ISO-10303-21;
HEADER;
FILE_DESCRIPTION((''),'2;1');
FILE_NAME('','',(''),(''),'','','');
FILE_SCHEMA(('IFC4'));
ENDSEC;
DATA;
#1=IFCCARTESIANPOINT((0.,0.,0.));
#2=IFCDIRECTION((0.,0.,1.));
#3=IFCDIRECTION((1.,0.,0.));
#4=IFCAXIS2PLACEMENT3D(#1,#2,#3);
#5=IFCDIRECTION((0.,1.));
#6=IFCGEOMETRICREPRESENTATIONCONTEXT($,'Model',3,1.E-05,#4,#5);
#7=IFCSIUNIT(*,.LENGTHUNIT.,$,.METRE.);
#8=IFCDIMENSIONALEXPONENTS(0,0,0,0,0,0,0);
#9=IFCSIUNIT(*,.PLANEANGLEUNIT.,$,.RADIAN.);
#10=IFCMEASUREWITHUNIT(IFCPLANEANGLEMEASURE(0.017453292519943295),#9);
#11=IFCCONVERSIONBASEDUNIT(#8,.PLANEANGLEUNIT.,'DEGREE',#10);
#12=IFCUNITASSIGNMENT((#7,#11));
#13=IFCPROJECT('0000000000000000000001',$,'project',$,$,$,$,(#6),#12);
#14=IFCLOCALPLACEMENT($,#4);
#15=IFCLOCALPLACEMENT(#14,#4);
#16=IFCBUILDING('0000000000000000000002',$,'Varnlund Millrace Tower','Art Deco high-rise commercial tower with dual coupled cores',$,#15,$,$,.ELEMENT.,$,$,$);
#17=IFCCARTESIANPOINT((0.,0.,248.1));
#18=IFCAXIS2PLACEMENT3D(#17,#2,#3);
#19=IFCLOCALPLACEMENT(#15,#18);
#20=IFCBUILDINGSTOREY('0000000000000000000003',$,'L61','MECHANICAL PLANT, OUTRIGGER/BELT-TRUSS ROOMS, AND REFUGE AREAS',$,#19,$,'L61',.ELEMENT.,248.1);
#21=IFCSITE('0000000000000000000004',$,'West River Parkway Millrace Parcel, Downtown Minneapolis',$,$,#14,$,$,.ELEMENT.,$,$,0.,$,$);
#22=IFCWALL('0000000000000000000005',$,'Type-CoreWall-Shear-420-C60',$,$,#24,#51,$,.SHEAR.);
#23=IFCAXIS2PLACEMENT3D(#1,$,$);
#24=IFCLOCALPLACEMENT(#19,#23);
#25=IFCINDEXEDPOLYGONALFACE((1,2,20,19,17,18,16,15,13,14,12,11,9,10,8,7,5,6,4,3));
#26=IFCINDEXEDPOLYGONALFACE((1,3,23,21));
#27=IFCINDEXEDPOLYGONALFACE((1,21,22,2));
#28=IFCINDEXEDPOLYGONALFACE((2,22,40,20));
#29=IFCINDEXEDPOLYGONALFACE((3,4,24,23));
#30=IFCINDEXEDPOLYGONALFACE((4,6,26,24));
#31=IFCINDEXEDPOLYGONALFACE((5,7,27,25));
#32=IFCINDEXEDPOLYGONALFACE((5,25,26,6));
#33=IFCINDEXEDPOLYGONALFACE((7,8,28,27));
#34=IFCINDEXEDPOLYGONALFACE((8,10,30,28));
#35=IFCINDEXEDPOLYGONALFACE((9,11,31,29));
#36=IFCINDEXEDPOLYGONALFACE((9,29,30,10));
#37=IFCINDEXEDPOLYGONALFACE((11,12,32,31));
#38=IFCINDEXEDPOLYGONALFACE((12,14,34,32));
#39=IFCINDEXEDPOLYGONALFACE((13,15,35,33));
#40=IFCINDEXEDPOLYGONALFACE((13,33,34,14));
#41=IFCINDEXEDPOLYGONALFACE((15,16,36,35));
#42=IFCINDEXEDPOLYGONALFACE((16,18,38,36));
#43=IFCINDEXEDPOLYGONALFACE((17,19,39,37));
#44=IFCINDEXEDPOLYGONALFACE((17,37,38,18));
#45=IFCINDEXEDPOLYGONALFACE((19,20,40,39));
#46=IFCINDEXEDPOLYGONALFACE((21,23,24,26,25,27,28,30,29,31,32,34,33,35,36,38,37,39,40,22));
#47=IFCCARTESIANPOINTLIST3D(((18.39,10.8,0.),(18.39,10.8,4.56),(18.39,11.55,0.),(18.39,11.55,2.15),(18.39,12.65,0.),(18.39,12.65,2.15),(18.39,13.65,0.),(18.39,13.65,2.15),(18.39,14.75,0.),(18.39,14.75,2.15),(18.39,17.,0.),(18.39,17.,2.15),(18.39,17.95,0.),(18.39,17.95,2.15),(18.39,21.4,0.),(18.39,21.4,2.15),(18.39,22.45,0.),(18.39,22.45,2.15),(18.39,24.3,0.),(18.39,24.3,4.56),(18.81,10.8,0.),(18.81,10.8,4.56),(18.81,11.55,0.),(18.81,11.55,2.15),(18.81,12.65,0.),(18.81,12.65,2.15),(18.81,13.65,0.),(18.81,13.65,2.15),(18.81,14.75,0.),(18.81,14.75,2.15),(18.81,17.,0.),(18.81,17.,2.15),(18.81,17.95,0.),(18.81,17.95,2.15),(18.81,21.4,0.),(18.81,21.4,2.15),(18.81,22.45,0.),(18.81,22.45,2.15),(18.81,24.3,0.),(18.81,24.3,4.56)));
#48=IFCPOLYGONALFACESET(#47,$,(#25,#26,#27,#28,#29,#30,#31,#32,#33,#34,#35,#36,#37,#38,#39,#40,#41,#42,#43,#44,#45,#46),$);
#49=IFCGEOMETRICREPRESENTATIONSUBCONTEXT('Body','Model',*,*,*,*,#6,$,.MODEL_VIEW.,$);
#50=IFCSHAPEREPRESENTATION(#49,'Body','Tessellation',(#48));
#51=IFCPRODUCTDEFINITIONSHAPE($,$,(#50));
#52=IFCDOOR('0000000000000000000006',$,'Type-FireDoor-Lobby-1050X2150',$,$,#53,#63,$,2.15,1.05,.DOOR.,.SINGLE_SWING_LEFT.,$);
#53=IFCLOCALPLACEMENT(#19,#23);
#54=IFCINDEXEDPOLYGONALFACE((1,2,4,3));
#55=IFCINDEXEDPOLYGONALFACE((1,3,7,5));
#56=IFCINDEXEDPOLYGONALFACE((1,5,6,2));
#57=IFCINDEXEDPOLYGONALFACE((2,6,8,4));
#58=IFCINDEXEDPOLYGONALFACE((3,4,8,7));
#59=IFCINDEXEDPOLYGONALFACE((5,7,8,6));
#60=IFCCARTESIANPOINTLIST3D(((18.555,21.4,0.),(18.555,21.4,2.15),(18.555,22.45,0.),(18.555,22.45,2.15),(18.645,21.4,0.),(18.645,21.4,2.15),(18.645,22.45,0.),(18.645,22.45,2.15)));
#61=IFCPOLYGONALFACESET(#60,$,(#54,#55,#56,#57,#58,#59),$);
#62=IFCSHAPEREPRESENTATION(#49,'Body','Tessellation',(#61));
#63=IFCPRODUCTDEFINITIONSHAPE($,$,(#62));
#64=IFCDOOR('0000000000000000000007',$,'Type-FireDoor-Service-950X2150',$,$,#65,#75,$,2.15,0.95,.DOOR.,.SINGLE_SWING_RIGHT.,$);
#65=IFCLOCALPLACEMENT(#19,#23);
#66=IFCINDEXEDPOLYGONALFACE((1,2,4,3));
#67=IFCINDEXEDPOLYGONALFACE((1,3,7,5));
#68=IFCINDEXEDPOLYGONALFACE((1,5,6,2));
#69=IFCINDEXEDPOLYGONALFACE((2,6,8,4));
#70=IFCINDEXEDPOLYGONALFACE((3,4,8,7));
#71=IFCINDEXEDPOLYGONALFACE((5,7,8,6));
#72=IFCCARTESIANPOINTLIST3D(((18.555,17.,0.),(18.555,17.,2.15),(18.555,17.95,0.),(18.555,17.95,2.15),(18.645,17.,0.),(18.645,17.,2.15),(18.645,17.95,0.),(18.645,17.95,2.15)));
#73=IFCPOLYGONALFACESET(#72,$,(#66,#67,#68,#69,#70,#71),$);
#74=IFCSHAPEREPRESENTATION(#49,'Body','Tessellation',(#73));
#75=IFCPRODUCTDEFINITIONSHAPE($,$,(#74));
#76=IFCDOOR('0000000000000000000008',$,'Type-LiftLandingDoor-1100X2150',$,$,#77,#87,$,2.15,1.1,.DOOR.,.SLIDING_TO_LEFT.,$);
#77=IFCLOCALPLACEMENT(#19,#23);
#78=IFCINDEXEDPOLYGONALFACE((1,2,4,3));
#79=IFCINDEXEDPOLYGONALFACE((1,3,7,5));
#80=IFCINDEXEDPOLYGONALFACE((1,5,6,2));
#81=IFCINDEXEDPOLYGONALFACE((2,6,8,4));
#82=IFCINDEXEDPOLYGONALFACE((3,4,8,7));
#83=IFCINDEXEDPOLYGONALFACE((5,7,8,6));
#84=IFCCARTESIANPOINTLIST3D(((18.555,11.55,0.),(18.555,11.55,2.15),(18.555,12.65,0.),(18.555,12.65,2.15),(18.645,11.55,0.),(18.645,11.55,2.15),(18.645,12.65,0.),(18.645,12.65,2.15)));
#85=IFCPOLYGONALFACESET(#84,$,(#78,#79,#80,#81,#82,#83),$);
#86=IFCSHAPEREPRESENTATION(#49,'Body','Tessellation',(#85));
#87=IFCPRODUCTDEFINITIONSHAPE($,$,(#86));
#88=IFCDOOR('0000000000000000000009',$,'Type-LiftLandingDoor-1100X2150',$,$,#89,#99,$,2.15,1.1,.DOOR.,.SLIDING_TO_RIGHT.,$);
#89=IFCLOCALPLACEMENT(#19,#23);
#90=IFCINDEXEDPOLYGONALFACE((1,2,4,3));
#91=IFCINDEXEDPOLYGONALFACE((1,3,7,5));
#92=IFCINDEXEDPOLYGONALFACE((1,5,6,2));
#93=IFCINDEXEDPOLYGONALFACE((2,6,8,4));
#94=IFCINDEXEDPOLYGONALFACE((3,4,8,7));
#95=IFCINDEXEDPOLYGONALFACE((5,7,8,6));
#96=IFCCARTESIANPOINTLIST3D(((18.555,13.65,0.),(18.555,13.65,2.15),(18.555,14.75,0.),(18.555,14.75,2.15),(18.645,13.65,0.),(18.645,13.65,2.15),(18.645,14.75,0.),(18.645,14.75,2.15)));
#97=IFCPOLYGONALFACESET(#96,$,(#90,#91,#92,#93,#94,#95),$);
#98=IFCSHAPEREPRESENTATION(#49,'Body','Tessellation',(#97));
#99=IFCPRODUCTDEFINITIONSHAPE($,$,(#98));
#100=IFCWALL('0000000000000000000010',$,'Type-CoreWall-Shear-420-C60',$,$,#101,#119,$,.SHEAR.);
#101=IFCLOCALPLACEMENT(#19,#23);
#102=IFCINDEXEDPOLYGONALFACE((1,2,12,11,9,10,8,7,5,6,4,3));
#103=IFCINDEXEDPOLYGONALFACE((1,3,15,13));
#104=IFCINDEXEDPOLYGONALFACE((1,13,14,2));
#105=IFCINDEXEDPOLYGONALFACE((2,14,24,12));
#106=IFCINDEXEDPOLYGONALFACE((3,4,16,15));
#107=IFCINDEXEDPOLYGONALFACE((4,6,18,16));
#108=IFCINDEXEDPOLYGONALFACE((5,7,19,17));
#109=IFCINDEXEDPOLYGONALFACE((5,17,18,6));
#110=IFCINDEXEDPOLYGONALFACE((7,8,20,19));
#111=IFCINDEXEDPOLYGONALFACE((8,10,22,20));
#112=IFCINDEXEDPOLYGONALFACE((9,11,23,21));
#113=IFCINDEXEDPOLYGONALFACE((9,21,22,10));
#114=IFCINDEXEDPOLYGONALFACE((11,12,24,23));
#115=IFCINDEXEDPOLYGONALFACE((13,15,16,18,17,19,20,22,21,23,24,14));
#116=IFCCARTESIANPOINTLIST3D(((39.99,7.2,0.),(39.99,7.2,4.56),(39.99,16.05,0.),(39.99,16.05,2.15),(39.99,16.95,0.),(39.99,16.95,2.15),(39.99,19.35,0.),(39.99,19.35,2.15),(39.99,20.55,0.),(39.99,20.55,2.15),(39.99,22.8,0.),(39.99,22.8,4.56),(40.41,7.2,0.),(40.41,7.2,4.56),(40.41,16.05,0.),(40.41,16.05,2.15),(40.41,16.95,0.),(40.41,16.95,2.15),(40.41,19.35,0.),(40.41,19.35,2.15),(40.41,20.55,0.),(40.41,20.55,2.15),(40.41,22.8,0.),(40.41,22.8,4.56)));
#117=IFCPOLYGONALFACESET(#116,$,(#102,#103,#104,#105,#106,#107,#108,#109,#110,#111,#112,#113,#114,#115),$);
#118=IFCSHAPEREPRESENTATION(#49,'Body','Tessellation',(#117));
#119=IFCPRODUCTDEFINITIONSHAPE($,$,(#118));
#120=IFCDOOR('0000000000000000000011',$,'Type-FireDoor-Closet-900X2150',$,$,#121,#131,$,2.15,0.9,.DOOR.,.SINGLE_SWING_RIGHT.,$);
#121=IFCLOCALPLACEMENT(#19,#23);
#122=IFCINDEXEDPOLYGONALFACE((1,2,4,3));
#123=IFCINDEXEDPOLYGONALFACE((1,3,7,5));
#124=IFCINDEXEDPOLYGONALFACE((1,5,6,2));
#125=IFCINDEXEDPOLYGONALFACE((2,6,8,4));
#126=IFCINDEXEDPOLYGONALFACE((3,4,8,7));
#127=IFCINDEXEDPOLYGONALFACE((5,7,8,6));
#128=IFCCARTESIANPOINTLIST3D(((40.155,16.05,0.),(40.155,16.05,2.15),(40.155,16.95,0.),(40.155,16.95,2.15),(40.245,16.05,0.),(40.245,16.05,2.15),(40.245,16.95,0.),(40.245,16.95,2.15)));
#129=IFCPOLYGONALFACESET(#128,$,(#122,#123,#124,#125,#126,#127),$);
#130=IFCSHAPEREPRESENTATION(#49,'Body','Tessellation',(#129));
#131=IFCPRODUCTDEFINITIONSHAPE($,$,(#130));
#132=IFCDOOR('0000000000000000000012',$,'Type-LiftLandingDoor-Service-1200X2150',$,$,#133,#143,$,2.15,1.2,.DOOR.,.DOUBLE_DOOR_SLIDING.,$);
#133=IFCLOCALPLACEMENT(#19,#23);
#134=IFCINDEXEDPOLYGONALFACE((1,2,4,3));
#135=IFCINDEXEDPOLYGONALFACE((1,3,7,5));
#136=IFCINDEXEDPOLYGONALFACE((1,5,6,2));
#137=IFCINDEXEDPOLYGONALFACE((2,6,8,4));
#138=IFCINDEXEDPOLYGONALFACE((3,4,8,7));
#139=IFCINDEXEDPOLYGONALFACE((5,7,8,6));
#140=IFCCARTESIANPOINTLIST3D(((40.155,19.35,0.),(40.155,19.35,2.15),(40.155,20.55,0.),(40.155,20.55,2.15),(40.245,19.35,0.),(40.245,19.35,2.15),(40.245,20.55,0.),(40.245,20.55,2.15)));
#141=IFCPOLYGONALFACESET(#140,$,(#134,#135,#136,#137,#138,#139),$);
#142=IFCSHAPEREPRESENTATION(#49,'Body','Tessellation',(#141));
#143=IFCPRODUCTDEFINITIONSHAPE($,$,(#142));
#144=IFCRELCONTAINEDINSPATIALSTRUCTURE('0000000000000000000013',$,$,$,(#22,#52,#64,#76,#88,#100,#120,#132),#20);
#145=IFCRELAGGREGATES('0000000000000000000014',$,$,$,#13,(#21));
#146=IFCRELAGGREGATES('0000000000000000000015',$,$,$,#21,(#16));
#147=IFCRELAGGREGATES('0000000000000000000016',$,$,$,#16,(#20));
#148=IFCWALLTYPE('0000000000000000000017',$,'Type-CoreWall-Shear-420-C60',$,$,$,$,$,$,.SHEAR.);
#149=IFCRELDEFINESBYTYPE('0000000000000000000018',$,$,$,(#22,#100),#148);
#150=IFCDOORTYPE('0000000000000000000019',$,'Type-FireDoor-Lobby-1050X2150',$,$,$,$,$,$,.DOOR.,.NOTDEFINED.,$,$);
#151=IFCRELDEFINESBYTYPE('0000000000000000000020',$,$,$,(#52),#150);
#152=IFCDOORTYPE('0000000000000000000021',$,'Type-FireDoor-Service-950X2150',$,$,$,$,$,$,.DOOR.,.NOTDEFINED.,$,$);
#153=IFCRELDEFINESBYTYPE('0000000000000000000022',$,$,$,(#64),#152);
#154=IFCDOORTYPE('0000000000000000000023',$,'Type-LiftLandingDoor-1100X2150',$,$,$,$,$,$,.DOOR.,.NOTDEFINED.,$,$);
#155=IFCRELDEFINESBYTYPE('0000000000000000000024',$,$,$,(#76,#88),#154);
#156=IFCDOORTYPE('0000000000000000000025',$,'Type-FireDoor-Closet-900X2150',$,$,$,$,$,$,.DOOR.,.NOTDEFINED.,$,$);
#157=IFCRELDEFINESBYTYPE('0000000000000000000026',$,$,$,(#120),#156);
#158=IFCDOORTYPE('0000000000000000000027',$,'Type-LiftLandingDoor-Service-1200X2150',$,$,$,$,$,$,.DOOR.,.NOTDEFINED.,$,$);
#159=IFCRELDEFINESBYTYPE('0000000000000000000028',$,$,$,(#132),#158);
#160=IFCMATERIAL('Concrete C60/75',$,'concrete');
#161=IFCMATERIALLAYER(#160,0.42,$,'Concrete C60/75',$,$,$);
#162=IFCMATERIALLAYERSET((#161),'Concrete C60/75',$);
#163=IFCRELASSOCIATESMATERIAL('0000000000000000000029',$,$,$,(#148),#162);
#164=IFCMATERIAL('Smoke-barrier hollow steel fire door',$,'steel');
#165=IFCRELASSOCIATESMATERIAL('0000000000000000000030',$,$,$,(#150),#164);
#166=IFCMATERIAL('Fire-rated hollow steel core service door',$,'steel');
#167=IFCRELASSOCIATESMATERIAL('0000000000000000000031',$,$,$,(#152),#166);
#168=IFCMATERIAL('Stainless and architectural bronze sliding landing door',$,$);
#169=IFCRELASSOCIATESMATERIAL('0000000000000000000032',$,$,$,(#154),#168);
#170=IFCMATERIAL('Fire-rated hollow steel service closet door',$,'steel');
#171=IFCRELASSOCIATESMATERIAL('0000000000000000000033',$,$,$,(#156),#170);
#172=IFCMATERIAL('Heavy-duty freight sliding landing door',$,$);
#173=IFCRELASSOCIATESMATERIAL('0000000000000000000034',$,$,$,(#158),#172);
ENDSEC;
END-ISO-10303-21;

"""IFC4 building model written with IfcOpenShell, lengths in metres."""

from ifc_helpers import new_model, entity, si_unit, converted_unit, direction, frame, origin_with_axes, origin_2d_with_axis, place, context, subcontext, project, spatial, polyline, rectangle, outline, extrude, material, layer, layer_set, type_object, element, fill, save


model = new_model("IFC4")

# Units and contexts
model_context = context("Model", 3, precision=1e-05, world=origin_with_axes(), true_north=direction((0.0, 1.0)))
body_context = subcontext(model_context, "Body", "Model", "MODEL_VIEW")
ifc_project = project(units=[si_unit("LENGTHUNIT", "METRE"), converted_unit("PLANEANGLEUNIT", "DEGREE", entity("IfcPlaneAngleMeasure", 0.017453292519943295), si_unit("PLANEANGLEUNIT", "RADIAN"), dimensions=[0, 0, 0, 0, 0, 0, 0])], contexts=[model_context])

# Site, building, storey
site_placement = place(None, origin_with_axes())
site = spatial("IfcSite", under=ifc_project, at=site_placement, Name="West River Parkway Millrace Parcel, Downtown Minneapolis", CompositionType="ELEMENT", RefElevation=0.0)
building_placement = place(site_placement, origin_with_axes())
building = spatial("IfcBuilding", under=site, at=building_placement, Name="Varnlund Millrace Tower", Description="Art Deco high-rise commercial tower with dual coupled cores", CompositionType="ELEMENT")
storey_placement = place(building_placement, frame((0.0, 0.0, 248.1), z_axis=(0.0, 0.0, 1.0), x_axis=(1.0, 0.0, 0.0)))
storey = spatial("IfcBuildingStorey", under=building, at=storey_placement, Name="L61", Description="MECHANICAL PLANT, OUTRIGGER/BELT-TRUSS ROOMS, AND REFUGE AREAS", LongName="L61", CompositionType="ELEMENT", Elevation=248.1)

# Shared definitions
ifc_material_1 = material(Name="Concrete C60/75", Category="concrete")
ifc_layer_1 = layer(ifc_material_1, 0.42, Name="Concrete C60/75")
ifc_layer_set_1 = layer_set([ifc_layer_1], Name="Concrete C60/75")
wall_type_1 = type_object("IfcWallType", Name="Type-CoreWall-Shear-420-C60", PredefinedType="SHEAR", material=ifc_layer_set_1)

# Walls, openings, doors
wall_1_placement = place(storey_placement, frame((18.6, 10.8, 0.0), z_axis=(0.0, 0.0, 1.0), x_axis=(0.0, 1.0, 0.0)))
wall_1 = element("IfcWall", 1, at=wall_1_placement, inside=storey, type_object=wall_type_1, Name="Type-CoreWall-Shear-420-C60", PredefinedType="SHEAR", context=body_context, shape_type="SweptSolid", body=[
    extrude(outline(polyline([(0.0, -0.21), (13.5, -0.21), (13.5, 0.21), (0.0, 0.21), (0.0, -0.21)])), origin_with_axes(), (0.0, 0.0, 1.0), 4.56),
])
opening_1_placement = place(wall_1_placement, frame((1.3, 0.0, 0.0), z_axis=(0.0, 0.0, 1.0), x_axis=(1.0, 0.0, 0.0)))
opening_1 = element("IfcOpeningElement", 2, at=opening_1_placement, cuts=wall_1, PredefinedType="OPENING", context=body_context, shape_type="SweptSolid", body=[
    extrude(rectangle(XDim=1.1, YDim=0.44, at=origin_2d_with_axis()), origin_with_axes(), (0.0, 0.0, 1.0), 2.15),
])
opening_2_placement = place(wall_1_placement, frame((3.4, 0.0, 0.0), z_axis=(0.0, 0.0, 1.0), x_axis=(1.0, 0.0, 0.0)))
opening_2 = element("IfcOpeningElement", 3, at=opening_2_placement, cuts=wall_1, PredefinedType="OPENING", context=body_context, shape_type="SweptSolid", body=[
    extrude(rectangle(XDim=1.1, YDim=0.44, at=origin_2d_with_axis()), origin_with_axes(), (0.0, 0.0, 1.0), 2.15),
])
opening_3_placement = place(wall_1_placement, frame((11.125, 0.0, 0.0), z_axis=(0.0, 0.0, 1.0), x_axis=(1.0, 0.0, 0.0)))
opening_3 = element("IfcOpeningElement", 4, at=opening_3_placement, cuts=wall_1, PredefinedType="OPENING", context=body_context, shape_type="SweptSolid", body=[
    extrude(rectangle(XDim=1.05, YDim=0.44, at=origin_2d_with_axis()), origin_with_axes(), (0.0, 0.0, 1.0), 2.15),
])
opening_4_placement = place(wall_1_placement, frame((6.675, 0.0, 0.0), z_axis=(0.0, 0.0, 1.0), x_axis=(1.0, 0.0, 0.0)))
opening_4 = element("IfcOpeningElement", 5, at=opening_4_placement, cuts=wall_1, PredefinedType="OPENING", context=body_context, shape_type="SweptSolid", body=[
    extrude(rectangle(XDim=0.95, YDim=0.44, at=origin_2d_with_axis()), origin_with_axes(), (0.0, 0.0, 1.0), 2.15),
])
ifc_material_2 = material(Name="Smoke-barrier hollow steel fire door", Category="steel")
door_type_1 = type_object("IfcDoorType", Name="Type-FireDoor-Lobby-1050X2150", OperationType="NOTDEFINED", PredefinedType="DOOR", material=ifc_material_2)
door_1_placement = place(wall_1_placement, frame((11.125, 0.0, 0.0), z_axis=(0.0, 0.0, 1.0), x_axis=(1.0, 0.0, 0.0)))
door_1 = element("IfcDoor", 6, at=door_1_placement, inside=storey, type_object=door_type_1, Name="Type-FireDoor-Lobby-1050X2150", OperationType="SINGLE_SWING_LEFT", OverallHeight=2.15, OverallWidth=1.05, PredefinedType="DOOR", context=body_context, shape_type="SweptSolid", body=[
    extrude(rectangle(XDim=1.05, YDim=0.09, at=origin_2d_with_axis()), origin_with_axes(), (0.0, 0.0, 1.0), 2.15),
])
fill(opening_3, door_1)
ifc_material_3 = material(Name="Fire-rated hollow steel core service door", Category="steel")
door_type_2 = type_object("IfcDoorType", Name="Type-FireDoor-Service-950X2150", OperationType="NOTDEFINED", PredefinedType="DOOR", material=ifc_material_3)
door_2_placement = place(wall_1_placement, frame((6.675, 0.0, 0.0), z_axis=(0.0, 0.0, 1.0), x_axis=(1.0, 0.0, 0.0)))
door_2 = element("IfcDoor", 7, at=door_2_placement, inside=storey, type_object=door_type_2, Name="Type-FireDoor-Service-950X2150", OperationType="SINGLE_SWING_RIGHT", OverallHeight=2.15, OverallWidth=0.95, PredefinedType="DOOR", context=body_context, shape_type="SweptSolid", body=[
    extrude(rectangle(XDim=0.95, YDim=0.09, at=origin_2d_with_axis()), origin_with_axes(), (0.0, 0.0, 1.0), 2.15),
])
fill(opening_4, door_2)
ifc_material_4 = material(Name="Stainless and architectural bronze sliding landing door")
door_type_3 = type_object("IfcDoorType", Name="Type-LiftLandingDoor-1100X2150", OperationType="NOTDEFINED", PredefinedType="DOOR", material=ifc_material_4)
door_3_placement = place(wall_1_placement, frame((1.3, 0.0, 0.0), z_axis=(0.0, 0.0, 1.0), x_axis=(1.0, 0.0, 0.0)))
door_3 = element("IfcDoor", 8, at=door_3_placement, inside=storey, type_object=door_type_3, Name="Type-LiftLandingDoor-1100X2150", OperationType="SLIDING_TO_LEFT", OverallHeight=2.15, OverallWidth=1.1, PredefinedType="DOOR", context=body_context, shape_type="SweptSolid", body=[
    extrude(rectangle(XDim=1.1, YDim=0.09, at=origin_2d_with_axis()), origin_with_axes(), (0.0, 0.0, 1.0), 2.15),
])
fill(opening_1, door_3)
door_4_placement = place(wall_1_placement, frame((3.4, 0.0, 0.0), z_axis=(0.0, 0.0, 1.0), x_axis=(1.0, 0.0, 0.0)))
door_4 = element("IfcDoor", 9, at=door_4_placement, inside=storey, type_object=door_type_3, Name="Type-LiftLandingDoor-1100X2150", OperationType="SLIDING_TO_RIGHT", OverallHeight=2.15, OverallWidth=1.1, PredefinedType="DOOR", context=body_context, shape_type="SweptSolid", body=[
    extrude(rectangle(XDim=1.1, YDim=0.09, at=origin_2d_with_axis()), origin_with_axes(), (0.0, 0.0, 1.0), 2.15),
])
fill(opening_2, door_4)
wall_2_placement = place(storey_placement, frame((40.2, 7.2, 0.0), z_axis=(0.0, 0.0, 1.0), x_axis=(0.0, 1.0, 0.0)))
wall_2 = element("IfcWall", 10, at=wall_2_placement, inside=storey, type_object=wall_type_1, Name="Type-CoreWall-Shear-420-C60", PredefinedType="SHEAR", context=body_context, shape_type="SweptSolid", body=[
    extrude(outline(polyline([(0.0, -0.21), (15.6, -0.21), (15.6, 0.21), (0.0, 0.21), (0.0, -0.21)])), origin_with_axes(), (0.0, 0.0, 1.0), 4.56),
])
opening_5_placement = place(wall_2_placement, frame((12.75, 0.0, 0.0), z_axis=(0.0, 0.0, 1.0), x_axis=(1.0, 0.0, 0.0)))
opening_5 = element("IfcOpeningElement", 11, at=opening_5_placement, cuts=wall_2, PredefinedType="OPENING", context=body_context, shape_type="SweptSolid", body=[
    extrude(rectangle(XDim=1.2, YDim=0.44, at=origin_2d_with_axis()), origin_with_axes(), (0.0, 0.0, 1.0), 2.15),
])
opening_6_placement = place(wall_2_placement, frame((9.3, 0.0, 0.0), z_axis=(0.0, 0.0, 1.0), x_axis=(1.0, 0.0, 0.0)))
opening_6 = element("IfcOpeningElement", 12, at=opening_6_placement, cuts=wall_2, PredefinedType="OPENING", context=body_context, shape_type="SweptSolid", body=[
    extrude(rectangle(XDim=0.9, YDim=0.44, at=origin_2d_with_axis()), origin_with_axes(), (0.0, 0.0, 1.0), 2.15),
])
ifc_material_5 = material(Name="Fire-rated hollow steel service closet door", Category="steel")
door_type_4 = type_object("IfcDoorType", Name="Type-FireDoor-Closet-900X2150", OperationType="NOTDEFINED", PredefinedType="DOOR", material=ifc_material_5)
door_5_placement = place(wall_2_placement, frame((9.3, 0.0, 0.0), z_axis=(0.0, 0.0, 1.0), x_axis=(1.0, 0.0, 0.0)))
door_5 = element("IfcDoor", 13, at=door_5_placement, inside=storey, type_object=door_type_4, Name="Type-FireDoor-Closet-900X2150", OperationType="SINGLE_SWING_RIGHT", OverallHeight=2.15, OverallWidth=0.9, PredefinedType="DOOR", context=body_context, shape_type="SweptSolid", body=[
    extrude(rectangle(XDim=0.9, YDim=0.09, at=origin_2d_with_axis()), origin_with_axes(), (0.0, 0.0, 1.0), 2.15),
])
fill(opening_6, door_5)
ifc_material_6 = material(Name="Heavy-duty freight sliding landing door")
door_type_5 = type_object("IfcDoorType", Name="Type-LiftLandingDoor-Service-1200X2150", OperationType="NOTDEFINED", PredefinedType="DOOR", material=ifc_material_6)
door_6_placement = place(wall_2_placement, frame((12.75, 0.0, 0.0), z_axis=(0.0, 0.0, 1.0), x_axis=(1.0, 0.0, 0.0)))
door_6 = element("IfcDoor", 14, at=door_6_placement, inside=storey, type_object=door_type_5, Name="Type-LiftLandingDoor-Service-1200X2150", OperationType="DOUBLE_DOOR_SLIDING", OverallHeight=2.15, OverallWidth=1.2, PredefinedType="DOOR", context=body_context, shape_type="SweptSolid", body=[
    extrude(rectangle(XDim=1.2, YDim=0.09, at=origin_2d_with_axis()), origin_with_axes(), (0.0, 0.0, 1.0), 2.15),
])
fill(opening_5, door_6)

save(model, "model.ifc")
